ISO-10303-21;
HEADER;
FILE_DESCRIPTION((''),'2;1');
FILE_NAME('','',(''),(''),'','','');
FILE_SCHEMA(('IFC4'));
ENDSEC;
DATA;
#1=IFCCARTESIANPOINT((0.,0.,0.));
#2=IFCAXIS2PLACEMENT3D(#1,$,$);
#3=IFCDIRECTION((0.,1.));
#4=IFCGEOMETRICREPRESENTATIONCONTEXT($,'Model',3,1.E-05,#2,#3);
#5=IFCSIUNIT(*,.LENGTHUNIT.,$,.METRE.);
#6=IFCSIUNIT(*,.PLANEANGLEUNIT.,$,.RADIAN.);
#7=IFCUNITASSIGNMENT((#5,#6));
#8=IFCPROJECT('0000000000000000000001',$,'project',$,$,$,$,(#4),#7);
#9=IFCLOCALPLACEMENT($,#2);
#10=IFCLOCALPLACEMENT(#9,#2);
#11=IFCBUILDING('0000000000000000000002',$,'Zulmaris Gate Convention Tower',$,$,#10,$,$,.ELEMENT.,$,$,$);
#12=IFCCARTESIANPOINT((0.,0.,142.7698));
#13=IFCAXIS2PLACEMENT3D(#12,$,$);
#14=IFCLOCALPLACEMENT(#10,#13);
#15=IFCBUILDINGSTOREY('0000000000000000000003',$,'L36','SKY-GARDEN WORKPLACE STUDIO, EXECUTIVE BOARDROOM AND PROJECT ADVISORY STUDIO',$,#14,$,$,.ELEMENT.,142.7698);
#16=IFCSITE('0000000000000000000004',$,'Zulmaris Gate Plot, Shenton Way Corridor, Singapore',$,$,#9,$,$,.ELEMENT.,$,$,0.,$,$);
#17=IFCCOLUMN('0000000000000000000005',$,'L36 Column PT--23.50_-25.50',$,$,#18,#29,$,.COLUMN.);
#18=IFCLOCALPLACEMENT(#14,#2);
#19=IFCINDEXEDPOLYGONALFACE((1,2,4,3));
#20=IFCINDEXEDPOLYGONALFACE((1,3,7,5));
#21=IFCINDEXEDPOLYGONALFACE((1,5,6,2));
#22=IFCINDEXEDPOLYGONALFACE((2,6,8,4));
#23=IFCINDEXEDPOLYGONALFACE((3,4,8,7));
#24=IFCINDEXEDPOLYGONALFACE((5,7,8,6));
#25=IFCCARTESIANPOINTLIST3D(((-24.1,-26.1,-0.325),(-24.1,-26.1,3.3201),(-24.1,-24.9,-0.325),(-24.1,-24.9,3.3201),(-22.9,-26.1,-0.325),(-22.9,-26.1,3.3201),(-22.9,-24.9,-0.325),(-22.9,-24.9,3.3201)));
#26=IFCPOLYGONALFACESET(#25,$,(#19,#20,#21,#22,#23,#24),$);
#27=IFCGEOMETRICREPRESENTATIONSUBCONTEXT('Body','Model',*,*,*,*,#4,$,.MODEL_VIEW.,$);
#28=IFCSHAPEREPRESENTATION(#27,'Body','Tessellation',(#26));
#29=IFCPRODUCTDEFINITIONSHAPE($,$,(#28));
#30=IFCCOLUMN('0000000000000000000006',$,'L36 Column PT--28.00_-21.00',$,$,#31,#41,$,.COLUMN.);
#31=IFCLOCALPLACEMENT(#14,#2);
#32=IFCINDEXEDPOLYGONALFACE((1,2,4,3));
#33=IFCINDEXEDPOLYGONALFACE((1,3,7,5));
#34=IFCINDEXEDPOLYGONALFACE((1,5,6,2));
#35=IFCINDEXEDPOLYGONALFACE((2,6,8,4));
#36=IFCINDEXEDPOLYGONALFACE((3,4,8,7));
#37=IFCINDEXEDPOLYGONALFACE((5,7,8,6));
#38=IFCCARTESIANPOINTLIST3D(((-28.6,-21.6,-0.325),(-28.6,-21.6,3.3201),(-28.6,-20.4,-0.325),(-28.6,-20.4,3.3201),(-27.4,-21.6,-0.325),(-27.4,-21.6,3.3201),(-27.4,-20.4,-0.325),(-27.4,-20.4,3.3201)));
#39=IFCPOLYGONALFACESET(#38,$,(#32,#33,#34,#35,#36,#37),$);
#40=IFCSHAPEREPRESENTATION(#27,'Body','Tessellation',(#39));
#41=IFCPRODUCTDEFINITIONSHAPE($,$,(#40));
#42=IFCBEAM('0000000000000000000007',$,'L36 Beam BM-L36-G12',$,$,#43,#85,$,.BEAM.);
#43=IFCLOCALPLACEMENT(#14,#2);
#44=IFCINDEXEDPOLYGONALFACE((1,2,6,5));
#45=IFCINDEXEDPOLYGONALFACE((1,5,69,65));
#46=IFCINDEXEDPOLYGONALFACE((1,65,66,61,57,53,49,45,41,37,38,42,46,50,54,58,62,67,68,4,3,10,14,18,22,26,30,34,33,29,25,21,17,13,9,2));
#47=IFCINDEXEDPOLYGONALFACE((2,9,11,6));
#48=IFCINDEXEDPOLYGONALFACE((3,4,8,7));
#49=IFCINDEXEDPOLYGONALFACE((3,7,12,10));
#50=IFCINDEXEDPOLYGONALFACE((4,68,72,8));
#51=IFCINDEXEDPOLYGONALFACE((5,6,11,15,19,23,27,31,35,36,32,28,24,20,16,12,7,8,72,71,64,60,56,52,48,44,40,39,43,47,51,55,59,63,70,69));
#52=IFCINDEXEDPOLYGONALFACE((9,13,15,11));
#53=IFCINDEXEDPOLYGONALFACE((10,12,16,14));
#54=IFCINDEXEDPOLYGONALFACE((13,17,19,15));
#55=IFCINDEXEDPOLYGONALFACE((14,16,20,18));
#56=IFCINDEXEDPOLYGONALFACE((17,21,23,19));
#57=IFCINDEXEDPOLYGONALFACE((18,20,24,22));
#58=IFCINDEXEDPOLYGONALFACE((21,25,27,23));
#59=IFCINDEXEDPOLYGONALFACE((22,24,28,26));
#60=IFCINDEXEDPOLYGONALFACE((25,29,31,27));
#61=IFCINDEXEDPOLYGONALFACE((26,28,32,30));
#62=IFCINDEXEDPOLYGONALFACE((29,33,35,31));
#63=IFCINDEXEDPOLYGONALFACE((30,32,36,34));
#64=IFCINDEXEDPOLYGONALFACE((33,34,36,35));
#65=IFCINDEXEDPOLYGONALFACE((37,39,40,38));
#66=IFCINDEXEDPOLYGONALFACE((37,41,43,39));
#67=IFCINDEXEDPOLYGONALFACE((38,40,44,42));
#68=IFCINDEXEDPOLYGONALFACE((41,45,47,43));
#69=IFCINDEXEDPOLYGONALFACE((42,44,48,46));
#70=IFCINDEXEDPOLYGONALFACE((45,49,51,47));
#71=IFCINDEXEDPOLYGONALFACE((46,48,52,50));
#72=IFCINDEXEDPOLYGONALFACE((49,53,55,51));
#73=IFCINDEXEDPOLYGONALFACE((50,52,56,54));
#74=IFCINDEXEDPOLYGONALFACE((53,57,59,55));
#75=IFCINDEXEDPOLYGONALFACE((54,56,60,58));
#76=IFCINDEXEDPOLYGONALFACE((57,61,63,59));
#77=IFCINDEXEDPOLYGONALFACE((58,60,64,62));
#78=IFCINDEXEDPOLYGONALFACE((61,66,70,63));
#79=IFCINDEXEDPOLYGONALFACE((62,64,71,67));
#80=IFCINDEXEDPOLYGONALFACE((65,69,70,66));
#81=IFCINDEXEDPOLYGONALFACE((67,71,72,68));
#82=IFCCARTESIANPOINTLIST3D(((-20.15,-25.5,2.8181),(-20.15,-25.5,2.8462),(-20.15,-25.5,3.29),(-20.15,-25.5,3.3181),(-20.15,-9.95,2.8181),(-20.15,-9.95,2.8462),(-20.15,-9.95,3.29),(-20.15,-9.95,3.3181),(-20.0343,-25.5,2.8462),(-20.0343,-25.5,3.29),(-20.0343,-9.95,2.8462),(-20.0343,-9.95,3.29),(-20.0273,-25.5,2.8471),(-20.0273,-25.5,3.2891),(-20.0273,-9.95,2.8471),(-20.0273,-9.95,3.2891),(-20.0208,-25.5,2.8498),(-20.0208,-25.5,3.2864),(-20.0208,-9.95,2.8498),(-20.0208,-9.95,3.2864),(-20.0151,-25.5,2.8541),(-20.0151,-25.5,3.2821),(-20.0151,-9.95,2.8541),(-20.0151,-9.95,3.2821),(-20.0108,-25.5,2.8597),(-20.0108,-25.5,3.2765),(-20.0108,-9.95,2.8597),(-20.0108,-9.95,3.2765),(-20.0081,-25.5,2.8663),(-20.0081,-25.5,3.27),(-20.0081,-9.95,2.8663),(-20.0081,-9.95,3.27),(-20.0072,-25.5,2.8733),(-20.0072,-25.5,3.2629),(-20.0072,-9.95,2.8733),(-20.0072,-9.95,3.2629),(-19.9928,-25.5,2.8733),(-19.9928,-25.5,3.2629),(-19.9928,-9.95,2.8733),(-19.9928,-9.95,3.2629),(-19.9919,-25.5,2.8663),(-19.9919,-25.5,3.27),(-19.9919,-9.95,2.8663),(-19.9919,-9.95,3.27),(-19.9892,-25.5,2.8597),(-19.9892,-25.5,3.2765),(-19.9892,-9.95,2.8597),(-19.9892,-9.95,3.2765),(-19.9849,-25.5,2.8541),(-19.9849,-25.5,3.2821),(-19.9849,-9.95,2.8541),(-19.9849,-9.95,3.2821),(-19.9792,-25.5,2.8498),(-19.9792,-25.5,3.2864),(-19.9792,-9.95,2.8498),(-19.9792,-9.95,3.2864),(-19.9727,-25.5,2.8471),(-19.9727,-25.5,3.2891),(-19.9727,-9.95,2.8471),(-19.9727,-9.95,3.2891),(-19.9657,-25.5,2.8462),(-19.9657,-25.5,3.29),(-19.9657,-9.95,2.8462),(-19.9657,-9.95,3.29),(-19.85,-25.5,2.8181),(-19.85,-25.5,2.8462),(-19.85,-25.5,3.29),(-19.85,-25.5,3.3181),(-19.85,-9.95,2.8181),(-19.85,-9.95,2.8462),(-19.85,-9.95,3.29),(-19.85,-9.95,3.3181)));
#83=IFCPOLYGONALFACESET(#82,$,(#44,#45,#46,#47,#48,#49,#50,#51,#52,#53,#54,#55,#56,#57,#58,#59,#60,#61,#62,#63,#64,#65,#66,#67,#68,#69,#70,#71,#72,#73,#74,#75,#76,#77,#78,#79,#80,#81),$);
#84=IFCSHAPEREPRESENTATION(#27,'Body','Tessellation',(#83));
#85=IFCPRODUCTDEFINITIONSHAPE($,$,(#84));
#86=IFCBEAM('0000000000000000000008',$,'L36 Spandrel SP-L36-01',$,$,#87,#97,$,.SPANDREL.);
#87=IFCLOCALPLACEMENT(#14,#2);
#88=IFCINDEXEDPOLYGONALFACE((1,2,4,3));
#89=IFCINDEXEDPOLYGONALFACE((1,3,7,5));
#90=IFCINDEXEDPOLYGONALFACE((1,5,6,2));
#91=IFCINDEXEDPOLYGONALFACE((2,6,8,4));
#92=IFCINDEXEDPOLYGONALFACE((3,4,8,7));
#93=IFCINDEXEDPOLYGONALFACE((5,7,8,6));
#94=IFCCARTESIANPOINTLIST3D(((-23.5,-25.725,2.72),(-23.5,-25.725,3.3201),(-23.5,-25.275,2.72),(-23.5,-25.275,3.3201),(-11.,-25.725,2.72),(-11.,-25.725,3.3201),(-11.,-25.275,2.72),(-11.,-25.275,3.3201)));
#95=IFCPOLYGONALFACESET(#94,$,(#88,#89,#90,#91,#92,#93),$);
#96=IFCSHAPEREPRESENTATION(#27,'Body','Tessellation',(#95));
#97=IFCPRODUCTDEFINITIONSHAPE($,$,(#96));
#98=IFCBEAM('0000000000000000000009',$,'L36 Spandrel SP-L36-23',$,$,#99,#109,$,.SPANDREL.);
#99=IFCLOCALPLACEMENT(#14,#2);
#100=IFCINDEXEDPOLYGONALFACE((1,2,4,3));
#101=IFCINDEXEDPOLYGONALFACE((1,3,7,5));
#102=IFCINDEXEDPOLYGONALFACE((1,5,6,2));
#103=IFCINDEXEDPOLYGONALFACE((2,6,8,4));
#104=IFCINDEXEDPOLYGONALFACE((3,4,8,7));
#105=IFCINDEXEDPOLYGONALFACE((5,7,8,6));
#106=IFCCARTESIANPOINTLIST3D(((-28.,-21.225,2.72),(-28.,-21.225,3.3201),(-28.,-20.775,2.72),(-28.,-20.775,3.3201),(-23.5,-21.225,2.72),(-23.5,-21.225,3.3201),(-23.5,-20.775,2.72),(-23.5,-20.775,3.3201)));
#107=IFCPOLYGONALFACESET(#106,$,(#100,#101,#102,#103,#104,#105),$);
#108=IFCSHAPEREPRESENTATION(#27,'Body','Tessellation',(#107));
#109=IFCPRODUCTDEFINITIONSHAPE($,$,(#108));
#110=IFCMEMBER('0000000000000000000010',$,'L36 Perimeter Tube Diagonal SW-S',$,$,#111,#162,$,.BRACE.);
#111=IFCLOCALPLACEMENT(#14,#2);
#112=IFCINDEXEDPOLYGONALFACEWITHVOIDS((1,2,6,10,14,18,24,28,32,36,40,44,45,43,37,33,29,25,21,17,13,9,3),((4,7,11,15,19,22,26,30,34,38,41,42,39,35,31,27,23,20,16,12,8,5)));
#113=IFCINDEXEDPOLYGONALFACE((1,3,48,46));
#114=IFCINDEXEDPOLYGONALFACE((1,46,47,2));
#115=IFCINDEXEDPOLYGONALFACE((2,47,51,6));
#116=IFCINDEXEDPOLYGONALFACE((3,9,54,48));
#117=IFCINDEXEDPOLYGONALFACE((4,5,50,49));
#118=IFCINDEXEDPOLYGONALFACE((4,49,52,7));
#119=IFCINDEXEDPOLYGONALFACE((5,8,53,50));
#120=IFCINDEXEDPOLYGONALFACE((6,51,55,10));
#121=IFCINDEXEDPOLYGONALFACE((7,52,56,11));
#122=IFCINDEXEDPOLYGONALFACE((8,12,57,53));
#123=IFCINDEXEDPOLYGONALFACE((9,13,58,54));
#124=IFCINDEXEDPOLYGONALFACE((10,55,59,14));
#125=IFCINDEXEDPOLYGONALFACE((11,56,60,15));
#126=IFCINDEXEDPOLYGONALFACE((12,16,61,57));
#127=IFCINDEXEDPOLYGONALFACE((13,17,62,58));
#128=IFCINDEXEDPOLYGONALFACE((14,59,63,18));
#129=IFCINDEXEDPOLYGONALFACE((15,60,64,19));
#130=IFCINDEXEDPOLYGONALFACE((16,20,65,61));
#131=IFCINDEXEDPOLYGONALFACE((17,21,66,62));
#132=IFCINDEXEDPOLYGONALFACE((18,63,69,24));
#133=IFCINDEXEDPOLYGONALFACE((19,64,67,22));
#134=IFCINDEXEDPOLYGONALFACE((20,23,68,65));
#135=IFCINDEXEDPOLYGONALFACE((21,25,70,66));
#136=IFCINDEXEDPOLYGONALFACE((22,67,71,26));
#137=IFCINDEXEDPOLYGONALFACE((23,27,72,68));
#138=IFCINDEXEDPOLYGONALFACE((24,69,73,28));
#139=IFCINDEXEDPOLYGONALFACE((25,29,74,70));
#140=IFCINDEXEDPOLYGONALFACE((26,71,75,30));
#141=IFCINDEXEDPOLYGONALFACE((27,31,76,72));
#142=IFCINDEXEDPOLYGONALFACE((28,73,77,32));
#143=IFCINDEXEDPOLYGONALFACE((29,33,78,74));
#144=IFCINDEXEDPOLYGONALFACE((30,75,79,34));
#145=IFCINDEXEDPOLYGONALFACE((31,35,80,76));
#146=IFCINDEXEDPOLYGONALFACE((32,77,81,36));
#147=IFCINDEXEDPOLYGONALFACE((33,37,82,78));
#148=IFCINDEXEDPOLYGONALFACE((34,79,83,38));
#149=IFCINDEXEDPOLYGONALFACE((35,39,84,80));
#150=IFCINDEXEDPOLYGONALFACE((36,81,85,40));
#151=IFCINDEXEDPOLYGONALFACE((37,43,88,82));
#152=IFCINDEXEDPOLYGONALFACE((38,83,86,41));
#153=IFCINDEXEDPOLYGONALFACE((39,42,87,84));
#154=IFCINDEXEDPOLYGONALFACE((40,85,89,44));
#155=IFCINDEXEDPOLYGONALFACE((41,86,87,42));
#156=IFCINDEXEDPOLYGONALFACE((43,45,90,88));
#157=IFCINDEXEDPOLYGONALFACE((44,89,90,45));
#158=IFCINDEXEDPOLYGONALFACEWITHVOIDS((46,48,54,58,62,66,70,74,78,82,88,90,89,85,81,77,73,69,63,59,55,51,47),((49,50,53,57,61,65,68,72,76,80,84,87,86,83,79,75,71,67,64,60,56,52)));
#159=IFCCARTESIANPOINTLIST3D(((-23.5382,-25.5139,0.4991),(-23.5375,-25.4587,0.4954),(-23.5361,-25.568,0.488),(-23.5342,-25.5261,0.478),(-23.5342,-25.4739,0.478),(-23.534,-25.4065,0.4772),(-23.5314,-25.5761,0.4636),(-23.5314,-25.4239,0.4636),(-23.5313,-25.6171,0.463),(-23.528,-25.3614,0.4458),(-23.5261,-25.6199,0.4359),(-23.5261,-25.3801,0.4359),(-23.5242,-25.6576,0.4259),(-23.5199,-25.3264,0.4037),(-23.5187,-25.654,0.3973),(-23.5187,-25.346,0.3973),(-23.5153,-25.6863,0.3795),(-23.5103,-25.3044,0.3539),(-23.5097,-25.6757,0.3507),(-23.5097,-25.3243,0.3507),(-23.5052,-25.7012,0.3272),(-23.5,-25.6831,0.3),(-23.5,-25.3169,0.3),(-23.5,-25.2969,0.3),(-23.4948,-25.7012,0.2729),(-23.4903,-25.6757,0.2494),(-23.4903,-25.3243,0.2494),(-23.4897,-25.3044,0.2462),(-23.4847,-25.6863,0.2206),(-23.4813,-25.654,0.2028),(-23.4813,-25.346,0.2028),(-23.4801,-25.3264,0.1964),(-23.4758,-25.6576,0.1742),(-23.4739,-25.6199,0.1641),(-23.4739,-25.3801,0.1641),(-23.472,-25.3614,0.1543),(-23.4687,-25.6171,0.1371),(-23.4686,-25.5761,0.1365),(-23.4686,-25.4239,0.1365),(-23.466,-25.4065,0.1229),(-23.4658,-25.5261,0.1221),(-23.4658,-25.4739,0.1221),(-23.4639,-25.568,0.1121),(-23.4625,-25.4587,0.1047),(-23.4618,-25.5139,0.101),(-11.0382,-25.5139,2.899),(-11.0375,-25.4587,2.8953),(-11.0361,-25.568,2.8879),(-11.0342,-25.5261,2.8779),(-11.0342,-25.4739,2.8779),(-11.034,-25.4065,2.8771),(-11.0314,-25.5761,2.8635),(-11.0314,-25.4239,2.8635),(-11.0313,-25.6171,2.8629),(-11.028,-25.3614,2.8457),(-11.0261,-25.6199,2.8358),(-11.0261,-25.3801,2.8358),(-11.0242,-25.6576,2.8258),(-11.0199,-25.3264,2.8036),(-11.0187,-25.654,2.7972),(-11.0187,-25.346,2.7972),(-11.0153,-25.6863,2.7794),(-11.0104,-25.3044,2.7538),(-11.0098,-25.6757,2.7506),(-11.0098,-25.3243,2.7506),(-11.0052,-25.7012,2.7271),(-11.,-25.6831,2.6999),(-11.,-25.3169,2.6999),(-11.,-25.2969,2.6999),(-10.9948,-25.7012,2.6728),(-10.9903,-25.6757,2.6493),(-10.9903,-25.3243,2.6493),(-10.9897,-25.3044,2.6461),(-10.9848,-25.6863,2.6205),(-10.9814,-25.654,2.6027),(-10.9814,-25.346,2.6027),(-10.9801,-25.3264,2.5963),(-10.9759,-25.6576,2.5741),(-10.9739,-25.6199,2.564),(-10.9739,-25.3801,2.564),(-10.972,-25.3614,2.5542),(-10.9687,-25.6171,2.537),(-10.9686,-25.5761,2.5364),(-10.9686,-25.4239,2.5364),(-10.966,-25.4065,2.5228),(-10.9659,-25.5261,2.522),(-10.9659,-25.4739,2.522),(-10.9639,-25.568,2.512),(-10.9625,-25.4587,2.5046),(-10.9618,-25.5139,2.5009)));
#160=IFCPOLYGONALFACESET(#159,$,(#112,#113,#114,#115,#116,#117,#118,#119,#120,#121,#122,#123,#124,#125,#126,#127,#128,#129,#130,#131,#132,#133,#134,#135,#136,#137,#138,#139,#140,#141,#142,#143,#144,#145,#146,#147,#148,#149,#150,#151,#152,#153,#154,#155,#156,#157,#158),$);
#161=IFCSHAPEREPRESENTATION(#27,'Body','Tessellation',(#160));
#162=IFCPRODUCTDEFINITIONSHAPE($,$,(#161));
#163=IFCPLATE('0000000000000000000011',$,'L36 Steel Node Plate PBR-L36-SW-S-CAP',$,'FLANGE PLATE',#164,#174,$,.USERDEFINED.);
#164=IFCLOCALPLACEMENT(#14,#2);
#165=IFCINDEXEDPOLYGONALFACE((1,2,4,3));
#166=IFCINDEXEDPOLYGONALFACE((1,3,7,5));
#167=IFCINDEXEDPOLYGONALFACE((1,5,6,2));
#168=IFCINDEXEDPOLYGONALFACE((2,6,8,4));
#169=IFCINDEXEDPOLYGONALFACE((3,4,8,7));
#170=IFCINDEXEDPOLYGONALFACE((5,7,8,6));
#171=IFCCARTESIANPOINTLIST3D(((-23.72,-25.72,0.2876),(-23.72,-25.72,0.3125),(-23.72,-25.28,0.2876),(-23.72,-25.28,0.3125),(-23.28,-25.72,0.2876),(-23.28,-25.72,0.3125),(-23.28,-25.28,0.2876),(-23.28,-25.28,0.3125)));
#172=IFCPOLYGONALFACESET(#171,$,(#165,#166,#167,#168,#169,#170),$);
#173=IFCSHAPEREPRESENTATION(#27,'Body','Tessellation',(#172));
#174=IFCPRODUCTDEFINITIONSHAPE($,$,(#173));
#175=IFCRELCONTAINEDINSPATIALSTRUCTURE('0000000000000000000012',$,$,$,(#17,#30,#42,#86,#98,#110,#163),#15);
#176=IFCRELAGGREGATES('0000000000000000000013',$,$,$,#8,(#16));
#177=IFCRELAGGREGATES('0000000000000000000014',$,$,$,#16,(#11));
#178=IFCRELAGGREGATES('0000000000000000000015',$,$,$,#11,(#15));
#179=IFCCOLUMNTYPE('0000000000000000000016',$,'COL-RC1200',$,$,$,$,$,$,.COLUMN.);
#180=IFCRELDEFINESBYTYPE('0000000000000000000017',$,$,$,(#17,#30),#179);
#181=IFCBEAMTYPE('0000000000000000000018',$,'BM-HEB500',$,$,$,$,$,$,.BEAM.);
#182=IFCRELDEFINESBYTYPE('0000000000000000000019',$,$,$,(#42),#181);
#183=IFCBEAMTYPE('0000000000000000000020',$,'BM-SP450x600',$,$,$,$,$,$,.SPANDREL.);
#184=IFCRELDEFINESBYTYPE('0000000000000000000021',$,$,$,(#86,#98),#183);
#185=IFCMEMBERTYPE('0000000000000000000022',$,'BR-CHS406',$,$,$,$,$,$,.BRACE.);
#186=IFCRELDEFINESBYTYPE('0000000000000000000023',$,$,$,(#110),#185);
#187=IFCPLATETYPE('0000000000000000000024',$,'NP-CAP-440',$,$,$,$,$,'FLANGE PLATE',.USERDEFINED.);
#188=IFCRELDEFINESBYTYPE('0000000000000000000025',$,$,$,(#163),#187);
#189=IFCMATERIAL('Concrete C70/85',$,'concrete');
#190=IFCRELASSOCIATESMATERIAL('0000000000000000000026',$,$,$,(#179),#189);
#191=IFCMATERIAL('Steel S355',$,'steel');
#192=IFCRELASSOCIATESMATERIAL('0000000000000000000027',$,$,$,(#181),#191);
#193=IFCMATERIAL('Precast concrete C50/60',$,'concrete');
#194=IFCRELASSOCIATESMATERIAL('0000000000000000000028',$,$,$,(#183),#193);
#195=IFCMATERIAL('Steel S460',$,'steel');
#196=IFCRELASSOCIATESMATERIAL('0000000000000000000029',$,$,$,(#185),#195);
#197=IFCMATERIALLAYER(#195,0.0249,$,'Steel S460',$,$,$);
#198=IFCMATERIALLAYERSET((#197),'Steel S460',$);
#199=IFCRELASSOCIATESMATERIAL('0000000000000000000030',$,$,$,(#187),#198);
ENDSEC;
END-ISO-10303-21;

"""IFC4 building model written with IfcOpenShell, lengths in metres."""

from ifc_helpers import new_model, si_unit, direction, frame, origin, origin_2d, place, context, subcontext, project, spatial, rectangle, hollow_circle, i_section, extrude, material, layer, layer_set, material_profile, profile_set, type_object, element, save


model = new_model("IFC4")

# Units and contexts
model_context = context("Model", 3, precision=1e-05, world=origin(), true_north=direction((0.0, 1.0)))
body_context = subcontext(model_context, "Body", "Model", "MODEL_VIEW")
ifc_project = project(units=[si_unit("LENGTHUNIT", "METRE"), si_unit("PLANEANGLEUNIT", "RADIAN")], contexts=[model_context])

# Site, building, storey
site_placement = place(None, origin())
site = spatial("IfcSite", under=ifc_project, at=site_placement, Name="Zulmaris Gate Plot, Shenton Way Corridor, Singapore", CompositionType="ELEMENT", RefElevation=0.0)
building_placement = place(site_placement, origin())
building = spatial("IfcBuilding", under=site, at=building_placement, Name="Zulmaris Gate Convention Tower", CompositionType="ELEMENT")
storey_placement = place(building_placement, frame((0.0, 0.0, 142.7698)))
storey = spatial("IfcBuildingStorey", under=building, at=storey_placement, Name="L36", Description="SKY-GARDEN WORKPLACE STUDIO, EXECUTIVE BOARDROOM AND PROJECT ADVISORY STUDIO", CompositionType="ELEMENT", Elevation=142.7698)

# Columns
ifc_material_1 = material(Name="Concrete C70/85", Category="concrete")
ifc_material_profile_1 = material_profile(ifc_material_1, rectangle(XDim=1.2, YDim=1.2, at=origin_2d()), Name="RC COL 1200x1200")
ifc_profile_set_1 = profile_set([ifc_material_profile_1], Name="Concrete C70/85")
column_type = type_object("IfcColumnType", Name="COL-RC1200", PredefinedType="COLUMN", material=ifc_profile_set_1)
for number, where, z_axis, x_axis, name in (
    (1, (-23.5, -25.5, -0.325), (0.0, 0.0, 1.0), (1.0, 0.0, 0.0), "L36 Column PT--23.50_-25.50"),
    (2, (-28.0, -21.0, -0.325), (0.0, 0.0, 1.0), (1.0, 0.0, 0.0), "L36 Column PT--28.00_-21.00"),
):
    element("IfcColumn", number, at=place(storey_placement, frame(where, z_axis=z_axis, x_axis=x_axis)), inside=storey, type_object=column_type, Name=name, PredefinedType="COLUMN", context=body_context, shape_type="SweptSolid", body=[
        extrude(rectangle(XDim=1.2, YDim=1.2, at=origin_2d()), origin(), (0.0, 0.0, 1.0), 3.645),
    ])

# Beams
ifc_material_2 = material(Name="Steel S355", Category="steel")
ifc_material_profile_2 = material_profile(ifc_material_2, i_section(OverallWidth=0.3, OverallDepth=0.5, WebThickness=0.0144, FlangeThickness=0.0281, FilletRadius=0.0271, at=origin_2d()), Name="HEB 500")
ifc_profile_set_2 = profile_set([ifc_material_profile_2], Name="Steel S355")
beam_type_1 = type_object("IfcBeamType", Name="BM-HEB500", PredefinedType="BEAM", material=ifc_profile_set_2)
beam_1_placement = place(storey_placement, frame((-20.0, -25.5, 3.0681), z_axis=(0.0, 1.0, 0.0), x_axis=(-1.0, 0.0, 0.0)))
element("IfcBeam", 3, at=beam_1_placement, inside=storey, type_object=beam_type_1, Name="L36 Beam BM-L36-G12", PredefinedType="BEAM", context=body_context, shape_type="SweptSolid", body=[
    extrude(i_section(OverallWidth=0.3, OverallDepth=0.5, WebThickness=0.0144, FlangeThickness=0.0281, FilletRadius=0.0271, at=origin_2d()), origin(), (0.0, 0.0, 1.0), 15.55),
])
ifc_material_3 = material(Name="Precast concrete C50/60", Category="concrete")
ifc_material_profile_3 = material_profile(ifc_material_3, rectangle(XDim=0.45, YDim=0.6001, at=origin_2d()), Name="RC SPANDREL 450x600")
ifc_profile_set_3 = profile_set([ifc_material_profile_3], Name="Precast concrete C50/60")
beam_type_2 = type_object("IfcBeamType", Name="BM-SP450x600", PredefinedType="SPANDREL", material=ifc_profile_set_3)
beam_2_placement = place(storey_placement, frame((-23.5, -25.5, 3.02), z_axis=(1.0, 0.0, 0.0), x_axis=(0.0, 1.0, 0.0)))
element("IfcBeam", 4, at=beam_2_placement, inside=storey, type_object=beam_type_2, Name="L36 Spandrel SP-L36-01", PredefinedType="SPANDREL", context=body_context, shape_type="SweptSolid", body=[
    extrude(rectangle(XDim=0.45, YDim=0.6001, at=origin_2d()), origin(), (0.0, 0.0, 1.0), 12.5),
])
beam_3_placement = place(storey_placement, frame((-28.0, -21.0, 3.02), z_axis=(1.0, 0.0, 0.0), x_axis=(0.0, 1.0, 0.0)))
element("IfcBeam", 5, at=beam_3_placement, inside=storey, type_object=beam_type_2, Name="L36 Spandrel SP-L36-23", PredefinedType="SPANDREL", context=body_context, shape_type="SweptSolid", body=[
    extrude(rectangle(XDim=0.45, YDim=0.6001, at=origin_2d()), origin(), (0.0, 0.0, 1.0), 4.5),
])

# Member
ifc_material_4 = material(Name="Steel S460", Category="steel")
ifc_material_profile_4 = material_profile(ifc_material_4, hollow_circle(Radius=0.2031, WallThickness=0.02, at=origin_2d()), Name="CHS 406.4x20")
ifc_profile_set_4 = profile_set([ifc_material_profile_4], Name="Steel S460")
member_type = type_object("IfcMemberType", Name="BR-CHS406", PredefinedType="BRACE", material=ifc_profile_set_4)
member_placement = place(storey_placement, frame((-23.5, -25.5, 0.3), z_axis=(0.982064, 0.0, 0.188549), x_axis=(0.0, 1.0, 0.0)))
element("IfcMember", 6, at=member_placement, inside=storey, type_object=member_type, Name="L36 Perimeter Tube Diagonal SW-S", PredefinedType="BRACE", context=body_context, shape_type="SweptSolid", body=[
    extrude(hollow_circle(Radius=0.2031, WallThickness=0.02, at=origin_2d()), origin(), (0.0, 0.0, 1.0), 12.7283),
])

# Plate
ifc_layer_1 = layer(ifc_material_4, 0.0249, Name="Steel S460")
ifc_layer_set_1 = layer_set([ifc_layer_1], Name="Steel S460")
plate_type = type_object("IfcPlateType", Name="NP-CAP-440", ElementType="FLANGE PLATE", PredefinedType="USERDEFINED", material=ifc_layer_set_1)
plate_placement = place(storey_placement, frame((-23.5, -25.5, 0.2876), z_axis=(0.0, 0.0, 1.0), x_axis=(1.0, 0.0, 0.0)))
element("IfcPlate", 7, at=plate_placement, inside=storey, type_object=plate_type, Name="L36 Steel Node Plate PBR-L36-SW-S-CAP", ObjectType="FLANGE PLATE", PredefinedType="USERDEFINED", context=body_context, shape_type="SweptSolid", body=[
    extrude(rectangle(XDim=0.4399, YDim=0.4399, at=origin_2d()), origin(), (0.0, 0.0, 1.0), 0.0249),
])

save(model, "model.ifc")
